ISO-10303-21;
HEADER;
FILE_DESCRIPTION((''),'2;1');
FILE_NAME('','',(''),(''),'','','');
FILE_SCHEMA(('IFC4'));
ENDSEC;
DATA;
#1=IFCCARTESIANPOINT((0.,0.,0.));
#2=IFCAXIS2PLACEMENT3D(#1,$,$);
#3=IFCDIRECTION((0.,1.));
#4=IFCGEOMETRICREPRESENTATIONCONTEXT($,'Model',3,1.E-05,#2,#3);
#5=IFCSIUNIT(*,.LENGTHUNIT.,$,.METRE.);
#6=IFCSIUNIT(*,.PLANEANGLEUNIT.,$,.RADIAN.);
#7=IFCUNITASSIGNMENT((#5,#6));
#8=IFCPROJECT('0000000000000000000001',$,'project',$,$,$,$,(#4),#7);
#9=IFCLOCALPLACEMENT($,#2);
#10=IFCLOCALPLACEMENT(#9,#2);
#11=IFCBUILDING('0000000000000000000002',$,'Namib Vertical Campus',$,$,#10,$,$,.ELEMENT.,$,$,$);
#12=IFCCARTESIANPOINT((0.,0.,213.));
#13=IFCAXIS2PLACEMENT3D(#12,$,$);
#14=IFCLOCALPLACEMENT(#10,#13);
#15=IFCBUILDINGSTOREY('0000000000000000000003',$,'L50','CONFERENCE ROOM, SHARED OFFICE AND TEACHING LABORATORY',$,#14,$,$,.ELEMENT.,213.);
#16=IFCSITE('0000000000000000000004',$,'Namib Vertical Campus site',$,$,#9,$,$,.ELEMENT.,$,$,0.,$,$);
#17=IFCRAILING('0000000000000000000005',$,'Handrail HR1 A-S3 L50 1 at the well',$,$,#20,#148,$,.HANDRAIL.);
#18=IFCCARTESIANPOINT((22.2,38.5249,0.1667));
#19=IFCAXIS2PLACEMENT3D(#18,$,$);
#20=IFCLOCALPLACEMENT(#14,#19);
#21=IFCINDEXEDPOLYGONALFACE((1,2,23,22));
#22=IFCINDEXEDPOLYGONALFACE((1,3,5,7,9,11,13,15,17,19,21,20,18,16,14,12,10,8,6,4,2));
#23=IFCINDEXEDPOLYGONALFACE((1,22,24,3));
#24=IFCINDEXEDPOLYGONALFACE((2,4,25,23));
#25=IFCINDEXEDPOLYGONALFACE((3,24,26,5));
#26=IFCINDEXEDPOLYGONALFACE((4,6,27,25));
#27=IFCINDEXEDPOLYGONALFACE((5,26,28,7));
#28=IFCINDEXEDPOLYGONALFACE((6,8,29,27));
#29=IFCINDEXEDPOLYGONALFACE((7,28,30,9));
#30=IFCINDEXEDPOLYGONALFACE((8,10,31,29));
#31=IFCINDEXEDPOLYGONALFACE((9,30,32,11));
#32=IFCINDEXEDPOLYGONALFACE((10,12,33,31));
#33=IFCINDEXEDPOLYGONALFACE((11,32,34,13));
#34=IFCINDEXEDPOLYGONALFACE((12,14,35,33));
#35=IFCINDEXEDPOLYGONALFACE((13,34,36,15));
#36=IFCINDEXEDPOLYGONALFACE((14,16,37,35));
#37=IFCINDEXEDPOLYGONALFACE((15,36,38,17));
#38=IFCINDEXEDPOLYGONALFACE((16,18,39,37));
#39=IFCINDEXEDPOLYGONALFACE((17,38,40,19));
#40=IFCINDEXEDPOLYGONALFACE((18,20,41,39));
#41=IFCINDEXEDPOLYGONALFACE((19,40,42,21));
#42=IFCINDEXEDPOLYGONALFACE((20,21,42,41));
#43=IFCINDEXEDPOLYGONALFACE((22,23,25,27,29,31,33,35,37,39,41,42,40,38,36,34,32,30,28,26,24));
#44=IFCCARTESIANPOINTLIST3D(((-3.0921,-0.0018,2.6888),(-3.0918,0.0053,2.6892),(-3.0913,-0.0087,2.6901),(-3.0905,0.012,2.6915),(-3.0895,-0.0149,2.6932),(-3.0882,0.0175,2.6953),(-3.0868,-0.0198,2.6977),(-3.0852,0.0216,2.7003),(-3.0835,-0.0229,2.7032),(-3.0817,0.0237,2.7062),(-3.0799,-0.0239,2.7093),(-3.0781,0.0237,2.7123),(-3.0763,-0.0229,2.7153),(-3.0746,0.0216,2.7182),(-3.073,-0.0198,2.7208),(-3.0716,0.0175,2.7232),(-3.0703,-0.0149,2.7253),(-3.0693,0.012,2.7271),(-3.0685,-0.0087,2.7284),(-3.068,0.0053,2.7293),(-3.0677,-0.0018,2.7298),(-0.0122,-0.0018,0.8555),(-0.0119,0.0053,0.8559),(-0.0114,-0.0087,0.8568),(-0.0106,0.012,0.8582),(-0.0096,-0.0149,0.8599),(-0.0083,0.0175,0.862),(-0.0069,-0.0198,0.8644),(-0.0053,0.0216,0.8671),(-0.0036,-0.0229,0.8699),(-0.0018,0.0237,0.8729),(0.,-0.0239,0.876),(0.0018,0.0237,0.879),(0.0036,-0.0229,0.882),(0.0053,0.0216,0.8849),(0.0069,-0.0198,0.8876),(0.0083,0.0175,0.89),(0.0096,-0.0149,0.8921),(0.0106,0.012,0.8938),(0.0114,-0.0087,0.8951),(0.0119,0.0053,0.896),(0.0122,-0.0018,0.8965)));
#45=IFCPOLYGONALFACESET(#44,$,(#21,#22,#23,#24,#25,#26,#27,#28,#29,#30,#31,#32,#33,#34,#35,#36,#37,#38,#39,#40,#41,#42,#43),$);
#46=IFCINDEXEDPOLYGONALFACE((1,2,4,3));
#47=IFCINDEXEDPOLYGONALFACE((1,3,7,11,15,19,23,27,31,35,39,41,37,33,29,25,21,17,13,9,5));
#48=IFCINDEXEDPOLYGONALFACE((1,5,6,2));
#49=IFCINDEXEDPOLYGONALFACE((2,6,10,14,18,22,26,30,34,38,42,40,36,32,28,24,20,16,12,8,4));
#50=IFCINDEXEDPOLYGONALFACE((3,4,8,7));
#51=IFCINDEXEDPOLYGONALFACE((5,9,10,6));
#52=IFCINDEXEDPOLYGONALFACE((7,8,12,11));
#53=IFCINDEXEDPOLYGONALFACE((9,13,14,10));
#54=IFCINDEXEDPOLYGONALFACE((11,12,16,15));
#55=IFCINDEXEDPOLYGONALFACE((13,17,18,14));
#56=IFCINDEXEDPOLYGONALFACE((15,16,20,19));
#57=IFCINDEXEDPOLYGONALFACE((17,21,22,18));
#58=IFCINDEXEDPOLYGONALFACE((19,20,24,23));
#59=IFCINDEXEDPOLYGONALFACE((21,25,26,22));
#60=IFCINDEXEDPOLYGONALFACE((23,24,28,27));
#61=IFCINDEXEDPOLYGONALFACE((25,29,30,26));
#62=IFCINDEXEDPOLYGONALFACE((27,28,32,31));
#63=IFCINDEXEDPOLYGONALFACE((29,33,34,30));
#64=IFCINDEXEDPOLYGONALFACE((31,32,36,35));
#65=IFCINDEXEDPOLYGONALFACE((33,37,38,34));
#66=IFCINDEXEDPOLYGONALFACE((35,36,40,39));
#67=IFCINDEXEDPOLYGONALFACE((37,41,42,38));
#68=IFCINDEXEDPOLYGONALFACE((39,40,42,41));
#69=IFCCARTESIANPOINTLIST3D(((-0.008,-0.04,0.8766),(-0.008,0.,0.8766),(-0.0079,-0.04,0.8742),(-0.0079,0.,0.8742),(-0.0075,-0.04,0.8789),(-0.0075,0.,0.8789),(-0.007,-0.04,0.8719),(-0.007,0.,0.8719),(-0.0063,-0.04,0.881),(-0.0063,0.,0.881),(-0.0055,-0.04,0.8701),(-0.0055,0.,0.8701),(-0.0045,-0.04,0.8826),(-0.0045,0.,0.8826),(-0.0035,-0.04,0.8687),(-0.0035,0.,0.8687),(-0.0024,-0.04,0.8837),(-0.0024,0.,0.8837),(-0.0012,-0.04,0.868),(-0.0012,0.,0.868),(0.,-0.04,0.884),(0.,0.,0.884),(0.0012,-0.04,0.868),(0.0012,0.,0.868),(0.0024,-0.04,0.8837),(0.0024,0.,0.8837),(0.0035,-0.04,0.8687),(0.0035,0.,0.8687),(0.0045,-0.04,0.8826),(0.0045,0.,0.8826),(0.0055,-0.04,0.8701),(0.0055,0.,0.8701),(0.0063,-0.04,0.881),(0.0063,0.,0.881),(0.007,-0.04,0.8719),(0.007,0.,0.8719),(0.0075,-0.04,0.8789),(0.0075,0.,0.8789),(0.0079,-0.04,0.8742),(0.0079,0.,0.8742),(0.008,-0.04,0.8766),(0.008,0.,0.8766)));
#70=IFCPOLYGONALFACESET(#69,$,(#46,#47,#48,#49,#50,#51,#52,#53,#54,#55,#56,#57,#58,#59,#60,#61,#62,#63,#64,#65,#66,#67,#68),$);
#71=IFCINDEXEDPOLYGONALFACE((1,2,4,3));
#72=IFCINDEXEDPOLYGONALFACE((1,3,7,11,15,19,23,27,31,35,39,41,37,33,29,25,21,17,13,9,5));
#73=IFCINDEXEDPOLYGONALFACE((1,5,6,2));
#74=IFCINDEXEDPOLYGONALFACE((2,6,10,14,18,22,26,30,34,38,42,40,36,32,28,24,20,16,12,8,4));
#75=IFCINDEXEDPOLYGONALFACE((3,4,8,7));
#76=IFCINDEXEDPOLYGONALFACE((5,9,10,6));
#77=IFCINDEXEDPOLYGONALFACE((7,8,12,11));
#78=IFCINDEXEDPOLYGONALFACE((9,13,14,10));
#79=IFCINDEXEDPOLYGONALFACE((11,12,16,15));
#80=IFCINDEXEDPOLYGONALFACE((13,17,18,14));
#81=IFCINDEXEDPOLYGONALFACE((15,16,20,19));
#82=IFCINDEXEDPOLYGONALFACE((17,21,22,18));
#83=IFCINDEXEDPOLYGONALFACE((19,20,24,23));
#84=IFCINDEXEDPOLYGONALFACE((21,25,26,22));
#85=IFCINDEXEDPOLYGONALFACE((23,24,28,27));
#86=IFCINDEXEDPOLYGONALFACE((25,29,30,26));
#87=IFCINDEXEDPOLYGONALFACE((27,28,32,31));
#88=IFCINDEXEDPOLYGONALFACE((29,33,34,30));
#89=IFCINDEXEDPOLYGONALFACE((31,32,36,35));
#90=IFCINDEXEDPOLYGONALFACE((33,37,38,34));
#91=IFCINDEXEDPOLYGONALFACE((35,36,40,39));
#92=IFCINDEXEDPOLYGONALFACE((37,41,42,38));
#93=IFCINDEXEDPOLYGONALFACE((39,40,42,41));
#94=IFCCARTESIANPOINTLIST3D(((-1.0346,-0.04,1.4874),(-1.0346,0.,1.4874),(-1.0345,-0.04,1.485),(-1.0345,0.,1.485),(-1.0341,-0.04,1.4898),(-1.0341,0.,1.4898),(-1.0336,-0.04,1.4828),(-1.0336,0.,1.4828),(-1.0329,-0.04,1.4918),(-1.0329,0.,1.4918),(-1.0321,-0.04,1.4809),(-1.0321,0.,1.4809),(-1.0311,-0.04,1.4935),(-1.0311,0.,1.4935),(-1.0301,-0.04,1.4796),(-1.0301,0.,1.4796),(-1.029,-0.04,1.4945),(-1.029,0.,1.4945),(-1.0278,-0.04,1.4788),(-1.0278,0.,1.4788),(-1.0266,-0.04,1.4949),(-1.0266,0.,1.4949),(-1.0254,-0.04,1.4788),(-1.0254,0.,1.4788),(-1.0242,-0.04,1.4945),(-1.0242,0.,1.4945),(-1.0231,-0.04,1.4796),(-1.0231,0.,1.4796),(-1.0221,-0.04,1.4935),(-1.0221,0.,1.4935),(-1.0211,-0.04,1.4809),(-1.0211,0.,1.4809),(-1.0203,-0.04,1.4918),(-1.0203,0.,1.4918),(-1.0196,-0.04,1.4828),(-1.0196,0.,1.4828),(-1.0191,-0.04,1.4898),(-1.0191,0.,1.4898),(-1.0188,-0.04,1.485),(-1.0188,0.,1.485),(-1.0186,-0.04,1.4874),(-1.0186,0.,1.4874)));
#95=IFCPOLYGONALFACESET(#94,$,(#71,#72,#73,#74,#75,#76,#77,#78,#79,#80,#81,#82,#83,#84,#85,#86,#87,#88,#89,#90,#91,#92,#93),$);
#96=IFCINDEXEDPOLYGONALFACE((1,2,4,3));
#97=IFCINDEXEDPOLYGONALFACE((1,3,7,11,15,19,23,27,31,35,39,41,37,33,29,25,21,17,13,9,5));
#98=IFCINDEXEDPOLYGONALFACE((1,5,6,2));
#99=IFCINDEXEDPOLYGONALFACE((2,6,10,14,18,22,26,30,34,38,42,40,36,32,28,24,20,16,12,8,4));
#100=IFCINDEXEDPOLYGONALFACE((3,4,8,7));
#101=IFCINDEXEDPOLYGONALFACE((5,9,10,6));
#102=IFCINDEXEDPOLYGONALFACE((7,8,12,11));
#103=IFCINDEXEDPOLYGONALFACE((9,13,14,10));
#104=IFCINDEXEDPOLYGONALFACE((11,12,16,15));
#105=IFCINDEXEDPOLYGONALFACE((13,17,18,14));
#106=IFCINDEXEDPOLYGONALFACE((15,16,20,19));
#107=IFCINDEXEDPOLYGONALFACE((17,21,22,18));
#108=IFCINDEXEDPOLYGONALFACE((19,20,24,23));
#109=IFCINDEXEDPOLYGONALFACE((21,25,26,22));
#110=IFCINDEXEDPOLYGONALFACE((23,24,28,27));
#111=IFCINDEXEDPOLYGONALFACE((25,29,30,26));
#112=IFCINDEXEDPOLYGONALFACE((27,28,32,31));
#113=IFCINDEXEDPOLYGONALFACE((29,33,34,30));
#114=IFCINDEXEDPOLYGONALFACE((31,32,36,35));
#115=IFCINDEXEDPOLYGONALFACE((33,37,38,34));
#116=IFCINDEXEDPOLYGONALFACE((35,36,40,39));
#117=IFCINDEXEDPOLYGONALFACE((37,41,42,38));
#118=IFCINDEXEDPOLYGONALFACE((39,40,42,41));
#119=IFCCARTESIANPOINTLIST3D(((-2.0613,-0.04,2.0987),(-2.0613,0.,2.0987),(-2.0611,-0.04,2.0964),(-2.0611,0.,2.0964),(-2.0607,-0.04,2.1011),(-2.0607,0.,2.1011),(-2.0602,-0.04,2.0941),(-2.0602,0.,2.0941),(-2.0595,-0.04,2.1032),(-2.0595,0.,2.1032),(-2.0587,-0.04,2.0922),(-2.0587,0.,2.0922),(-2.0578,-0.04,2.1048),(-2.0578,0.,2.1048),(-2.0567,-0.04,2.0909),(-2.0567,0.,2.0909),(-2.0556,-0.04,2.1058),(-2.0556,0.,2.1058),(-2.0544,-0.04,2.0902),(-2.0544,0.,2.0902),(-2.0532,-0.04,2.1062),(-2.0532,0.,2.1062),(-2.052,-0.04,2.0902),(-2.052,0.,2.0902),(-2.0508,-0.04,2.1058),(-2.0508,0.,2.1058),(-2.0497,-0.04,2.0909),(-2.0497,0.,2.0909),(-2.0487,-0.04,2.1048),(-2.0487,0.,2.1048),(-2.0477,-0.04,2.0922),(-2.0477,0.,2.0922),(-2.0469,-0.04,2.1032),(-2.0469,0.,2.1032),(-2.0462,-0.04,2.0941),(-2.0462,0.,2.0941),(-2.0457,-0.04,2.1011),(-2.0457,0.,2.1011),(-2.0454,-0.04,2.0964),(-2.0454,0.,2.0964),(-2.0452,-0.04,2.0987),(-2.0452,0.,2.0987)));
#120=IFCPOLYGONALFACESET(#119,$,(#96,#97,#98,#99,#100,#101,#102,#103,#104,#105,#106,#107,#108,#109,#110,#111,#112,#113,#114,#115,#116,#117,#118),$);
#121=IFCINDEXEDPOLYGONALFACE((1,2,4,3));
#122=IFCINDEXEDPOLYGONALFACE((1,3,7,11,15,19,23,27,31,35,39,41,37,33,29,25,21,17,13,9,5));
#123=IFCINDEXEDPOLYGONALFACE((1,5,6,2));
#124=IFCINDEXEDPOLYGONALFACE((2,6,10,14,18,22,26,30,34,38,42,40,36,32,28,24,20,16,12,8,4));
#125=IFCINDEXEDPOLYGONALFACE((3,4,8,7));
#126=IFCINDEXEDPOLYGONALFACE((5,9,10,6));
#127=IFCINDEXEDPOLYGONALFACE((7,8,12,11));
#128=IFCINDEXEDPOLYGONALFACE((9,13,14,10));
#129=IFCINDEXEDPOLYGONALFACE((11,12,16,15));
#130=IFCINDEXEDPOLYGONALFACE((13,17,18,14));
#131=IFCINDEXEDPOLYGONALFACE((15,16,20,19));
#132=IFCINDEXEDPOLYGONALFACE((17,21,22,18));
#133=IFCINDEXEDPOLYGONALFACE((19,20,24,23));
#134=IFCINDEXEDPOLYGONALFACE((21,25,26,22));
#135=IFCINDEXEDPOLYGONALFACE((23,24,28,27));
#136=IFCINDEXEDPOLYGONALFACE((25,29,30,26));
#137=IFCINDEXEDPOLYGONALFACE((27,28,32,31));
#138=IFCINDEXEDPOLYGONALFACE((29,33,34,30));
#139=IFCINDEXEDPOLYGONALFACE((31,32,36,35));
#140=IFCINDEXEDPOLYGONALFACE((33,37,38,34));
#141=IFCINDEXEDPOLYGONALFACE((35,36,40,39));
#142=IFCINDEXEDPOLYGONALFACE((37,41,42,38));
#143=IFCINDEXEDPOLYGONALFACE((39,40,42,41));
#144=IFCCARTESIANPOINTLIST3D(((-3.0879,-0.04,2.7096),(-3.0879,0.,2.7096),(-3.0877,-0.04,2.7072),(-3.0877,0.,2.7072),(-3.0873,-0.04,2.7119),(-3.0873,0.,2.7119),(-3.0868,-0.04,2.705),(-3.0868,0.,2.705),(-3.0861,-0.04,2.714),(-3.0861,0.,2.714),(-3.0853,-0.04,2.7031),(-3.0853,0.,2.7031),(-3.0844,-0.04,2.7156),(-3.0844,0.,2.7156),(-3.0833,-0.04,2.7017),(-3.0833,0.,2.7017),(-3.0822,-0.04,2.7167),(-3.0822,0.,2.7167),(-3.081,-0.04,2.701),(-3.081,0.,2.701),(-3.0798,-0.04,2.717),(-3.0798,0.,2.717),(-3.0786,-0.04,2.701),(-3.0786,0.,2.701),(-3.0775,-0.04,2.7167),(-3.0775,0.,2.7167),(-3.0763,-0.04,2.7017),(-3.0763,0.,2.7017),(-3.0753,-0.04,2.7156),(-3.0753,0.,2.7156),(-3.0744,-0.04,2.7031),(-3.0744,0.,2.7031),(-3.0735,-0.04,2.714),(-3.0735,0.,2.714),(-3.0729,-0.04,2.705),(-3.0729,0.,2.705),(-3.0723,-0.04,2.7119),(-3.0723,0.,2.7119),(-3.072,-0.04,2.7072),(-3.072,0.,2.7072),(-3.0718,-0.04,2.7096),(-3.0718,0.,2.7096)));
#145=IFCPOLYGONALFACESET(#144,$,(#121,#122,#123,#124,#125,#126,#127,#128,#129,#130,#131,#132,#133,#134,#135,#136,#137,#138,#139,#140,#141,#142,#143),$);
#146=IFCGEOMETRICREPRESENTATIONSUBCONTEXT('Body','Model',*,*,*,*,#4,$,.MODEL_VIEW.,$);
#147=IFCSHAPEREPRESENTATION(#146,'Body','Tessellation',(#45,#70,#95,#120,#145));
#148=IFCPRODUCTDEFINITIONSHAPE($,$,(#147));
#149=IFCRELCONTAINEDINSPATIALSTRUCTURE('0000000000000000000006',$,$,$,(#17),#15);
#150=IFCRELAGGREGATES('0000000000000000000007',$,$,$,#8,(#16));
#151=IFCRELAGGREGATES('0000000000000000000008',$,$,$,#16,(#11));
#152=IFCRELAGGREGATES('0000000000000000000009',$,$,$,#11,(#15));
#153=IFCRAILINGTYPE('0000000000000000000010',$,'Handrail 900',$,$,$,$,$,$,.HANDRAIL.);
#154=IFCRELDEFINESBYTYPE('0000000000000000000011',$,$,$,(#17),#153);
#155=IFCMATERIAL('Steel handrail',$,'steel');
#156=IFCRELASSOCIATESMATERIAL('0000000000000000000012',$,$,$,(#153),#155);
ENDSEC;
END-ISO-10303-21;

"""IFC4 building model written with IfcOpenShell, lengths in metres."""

from ifc_helpers import new_model, si_unit, direction, frame, origin, origin_2d, place, context, subcontext, project, spatial, circle, extrude, material, type_object, element, save


model = new_model("IFC4")

# Units and contexts
model_context = context("Model", 3, precision=1e-05, world=origin(), true_north=direction((0.0, 1.0)))
body_context = subcontext(model_context, "Body", "Model", "MODEL_VIEW")
ifc_project = project(units=[si_unit("LENGTHUNIT", "METRE"), si_unit("PLANEANGLEUNIT", "RADIAN")], contexts=[model_context])

# Site, building, storey
site_placement = place(None, origin())
site = spatial("IfcSite", under=ifc_project, at=site_placement, Name="Namib Vertical Campus site", CompositionType="ELEMENT", RefElevation=0.0)
building_placement = place(site_placement, origin())
building = spatial("IfcBuilding", under=site, at=building_placement, Name="Namib Vertical Campus", CompositionType="ELEMENT")
storey_placement = place(building_placement, frame((0.0, 0.0, 213.0)))
storey = spatial("IfcBuildingStorey", under=building, at=storey_placement, Name="L50", Description="CONFERENCE ROOM, SHARED OFFICE AND TEACHING LABORATORY", CompositionType="ELEMENT", Elevation=213.0)

# Railing
ifc_material_1 = material(Name="Steel handrail", Category="steel")
railing_type_1 = type_object("IfcRailingType", Name="Handrail 900", PredefinedType="HANDRAIL", material=ifc_material_1)
railing_1_placement = place(storey_placement, frame((22.2, 38.5249, 0.1667)))
element("IfcRailing", 1, at=railing_1_placement, inside=storey, type_object=railing_type_1, Name="Handrail HR1 A-S3 L50 1 at the well", PredefinedType="HANDRAIL", context=body_context, shape_type="SweptSolid", body=[
    extrude(circle(Radius=0.0239, at=origin_2d()), frame((0.0, 0.0, 0.876), z_axis=(-0.859291, 0.0, 0.511487), x_axis=(0.0, -1.0, 0.0)), (0.0, 0.0, 1.0), 3.5842),
    extrude(circle(Radius=0.0081, at=origin_2d()), frame((0.0, 0.0, 0.876), z_axis=(0.0, -1.0, 0.0), x_axis=(0.0, 0.0, 1.0)), (0.0, 0.0, 1.0), 0.04),
    extrude(circle(Radius=0.0081, at=origin_2d()), frame((-1.0266, 0.0, 1.4868), z_axis=(0.0, -1.0, 0.0), x_axis=(0.0, 0.0, 1.0)), (0.0, 0.0, 1.0), 0.04),
    extrude(circle(Radius=0.0081, at=origin_2d()), frame((-2.0532, 0.0, 2.0981), z_axis=(0.0, -1.0, 0.0), x_axis=(0.0, 0.0, 1.0)), (0.0, 0.0, 1.0), 0.04),
    extrude(circle(Radius=0.0081, at=origin_2d()), frame((-3.0798, 0.0, 2.709), z_axis=(0.0, -1.0, 0.0), x_axis=(0.0, 0.0, 1.0)), (0.0, 0.0, 1.0), 0.04),
])

save(model, "model.ifc")
